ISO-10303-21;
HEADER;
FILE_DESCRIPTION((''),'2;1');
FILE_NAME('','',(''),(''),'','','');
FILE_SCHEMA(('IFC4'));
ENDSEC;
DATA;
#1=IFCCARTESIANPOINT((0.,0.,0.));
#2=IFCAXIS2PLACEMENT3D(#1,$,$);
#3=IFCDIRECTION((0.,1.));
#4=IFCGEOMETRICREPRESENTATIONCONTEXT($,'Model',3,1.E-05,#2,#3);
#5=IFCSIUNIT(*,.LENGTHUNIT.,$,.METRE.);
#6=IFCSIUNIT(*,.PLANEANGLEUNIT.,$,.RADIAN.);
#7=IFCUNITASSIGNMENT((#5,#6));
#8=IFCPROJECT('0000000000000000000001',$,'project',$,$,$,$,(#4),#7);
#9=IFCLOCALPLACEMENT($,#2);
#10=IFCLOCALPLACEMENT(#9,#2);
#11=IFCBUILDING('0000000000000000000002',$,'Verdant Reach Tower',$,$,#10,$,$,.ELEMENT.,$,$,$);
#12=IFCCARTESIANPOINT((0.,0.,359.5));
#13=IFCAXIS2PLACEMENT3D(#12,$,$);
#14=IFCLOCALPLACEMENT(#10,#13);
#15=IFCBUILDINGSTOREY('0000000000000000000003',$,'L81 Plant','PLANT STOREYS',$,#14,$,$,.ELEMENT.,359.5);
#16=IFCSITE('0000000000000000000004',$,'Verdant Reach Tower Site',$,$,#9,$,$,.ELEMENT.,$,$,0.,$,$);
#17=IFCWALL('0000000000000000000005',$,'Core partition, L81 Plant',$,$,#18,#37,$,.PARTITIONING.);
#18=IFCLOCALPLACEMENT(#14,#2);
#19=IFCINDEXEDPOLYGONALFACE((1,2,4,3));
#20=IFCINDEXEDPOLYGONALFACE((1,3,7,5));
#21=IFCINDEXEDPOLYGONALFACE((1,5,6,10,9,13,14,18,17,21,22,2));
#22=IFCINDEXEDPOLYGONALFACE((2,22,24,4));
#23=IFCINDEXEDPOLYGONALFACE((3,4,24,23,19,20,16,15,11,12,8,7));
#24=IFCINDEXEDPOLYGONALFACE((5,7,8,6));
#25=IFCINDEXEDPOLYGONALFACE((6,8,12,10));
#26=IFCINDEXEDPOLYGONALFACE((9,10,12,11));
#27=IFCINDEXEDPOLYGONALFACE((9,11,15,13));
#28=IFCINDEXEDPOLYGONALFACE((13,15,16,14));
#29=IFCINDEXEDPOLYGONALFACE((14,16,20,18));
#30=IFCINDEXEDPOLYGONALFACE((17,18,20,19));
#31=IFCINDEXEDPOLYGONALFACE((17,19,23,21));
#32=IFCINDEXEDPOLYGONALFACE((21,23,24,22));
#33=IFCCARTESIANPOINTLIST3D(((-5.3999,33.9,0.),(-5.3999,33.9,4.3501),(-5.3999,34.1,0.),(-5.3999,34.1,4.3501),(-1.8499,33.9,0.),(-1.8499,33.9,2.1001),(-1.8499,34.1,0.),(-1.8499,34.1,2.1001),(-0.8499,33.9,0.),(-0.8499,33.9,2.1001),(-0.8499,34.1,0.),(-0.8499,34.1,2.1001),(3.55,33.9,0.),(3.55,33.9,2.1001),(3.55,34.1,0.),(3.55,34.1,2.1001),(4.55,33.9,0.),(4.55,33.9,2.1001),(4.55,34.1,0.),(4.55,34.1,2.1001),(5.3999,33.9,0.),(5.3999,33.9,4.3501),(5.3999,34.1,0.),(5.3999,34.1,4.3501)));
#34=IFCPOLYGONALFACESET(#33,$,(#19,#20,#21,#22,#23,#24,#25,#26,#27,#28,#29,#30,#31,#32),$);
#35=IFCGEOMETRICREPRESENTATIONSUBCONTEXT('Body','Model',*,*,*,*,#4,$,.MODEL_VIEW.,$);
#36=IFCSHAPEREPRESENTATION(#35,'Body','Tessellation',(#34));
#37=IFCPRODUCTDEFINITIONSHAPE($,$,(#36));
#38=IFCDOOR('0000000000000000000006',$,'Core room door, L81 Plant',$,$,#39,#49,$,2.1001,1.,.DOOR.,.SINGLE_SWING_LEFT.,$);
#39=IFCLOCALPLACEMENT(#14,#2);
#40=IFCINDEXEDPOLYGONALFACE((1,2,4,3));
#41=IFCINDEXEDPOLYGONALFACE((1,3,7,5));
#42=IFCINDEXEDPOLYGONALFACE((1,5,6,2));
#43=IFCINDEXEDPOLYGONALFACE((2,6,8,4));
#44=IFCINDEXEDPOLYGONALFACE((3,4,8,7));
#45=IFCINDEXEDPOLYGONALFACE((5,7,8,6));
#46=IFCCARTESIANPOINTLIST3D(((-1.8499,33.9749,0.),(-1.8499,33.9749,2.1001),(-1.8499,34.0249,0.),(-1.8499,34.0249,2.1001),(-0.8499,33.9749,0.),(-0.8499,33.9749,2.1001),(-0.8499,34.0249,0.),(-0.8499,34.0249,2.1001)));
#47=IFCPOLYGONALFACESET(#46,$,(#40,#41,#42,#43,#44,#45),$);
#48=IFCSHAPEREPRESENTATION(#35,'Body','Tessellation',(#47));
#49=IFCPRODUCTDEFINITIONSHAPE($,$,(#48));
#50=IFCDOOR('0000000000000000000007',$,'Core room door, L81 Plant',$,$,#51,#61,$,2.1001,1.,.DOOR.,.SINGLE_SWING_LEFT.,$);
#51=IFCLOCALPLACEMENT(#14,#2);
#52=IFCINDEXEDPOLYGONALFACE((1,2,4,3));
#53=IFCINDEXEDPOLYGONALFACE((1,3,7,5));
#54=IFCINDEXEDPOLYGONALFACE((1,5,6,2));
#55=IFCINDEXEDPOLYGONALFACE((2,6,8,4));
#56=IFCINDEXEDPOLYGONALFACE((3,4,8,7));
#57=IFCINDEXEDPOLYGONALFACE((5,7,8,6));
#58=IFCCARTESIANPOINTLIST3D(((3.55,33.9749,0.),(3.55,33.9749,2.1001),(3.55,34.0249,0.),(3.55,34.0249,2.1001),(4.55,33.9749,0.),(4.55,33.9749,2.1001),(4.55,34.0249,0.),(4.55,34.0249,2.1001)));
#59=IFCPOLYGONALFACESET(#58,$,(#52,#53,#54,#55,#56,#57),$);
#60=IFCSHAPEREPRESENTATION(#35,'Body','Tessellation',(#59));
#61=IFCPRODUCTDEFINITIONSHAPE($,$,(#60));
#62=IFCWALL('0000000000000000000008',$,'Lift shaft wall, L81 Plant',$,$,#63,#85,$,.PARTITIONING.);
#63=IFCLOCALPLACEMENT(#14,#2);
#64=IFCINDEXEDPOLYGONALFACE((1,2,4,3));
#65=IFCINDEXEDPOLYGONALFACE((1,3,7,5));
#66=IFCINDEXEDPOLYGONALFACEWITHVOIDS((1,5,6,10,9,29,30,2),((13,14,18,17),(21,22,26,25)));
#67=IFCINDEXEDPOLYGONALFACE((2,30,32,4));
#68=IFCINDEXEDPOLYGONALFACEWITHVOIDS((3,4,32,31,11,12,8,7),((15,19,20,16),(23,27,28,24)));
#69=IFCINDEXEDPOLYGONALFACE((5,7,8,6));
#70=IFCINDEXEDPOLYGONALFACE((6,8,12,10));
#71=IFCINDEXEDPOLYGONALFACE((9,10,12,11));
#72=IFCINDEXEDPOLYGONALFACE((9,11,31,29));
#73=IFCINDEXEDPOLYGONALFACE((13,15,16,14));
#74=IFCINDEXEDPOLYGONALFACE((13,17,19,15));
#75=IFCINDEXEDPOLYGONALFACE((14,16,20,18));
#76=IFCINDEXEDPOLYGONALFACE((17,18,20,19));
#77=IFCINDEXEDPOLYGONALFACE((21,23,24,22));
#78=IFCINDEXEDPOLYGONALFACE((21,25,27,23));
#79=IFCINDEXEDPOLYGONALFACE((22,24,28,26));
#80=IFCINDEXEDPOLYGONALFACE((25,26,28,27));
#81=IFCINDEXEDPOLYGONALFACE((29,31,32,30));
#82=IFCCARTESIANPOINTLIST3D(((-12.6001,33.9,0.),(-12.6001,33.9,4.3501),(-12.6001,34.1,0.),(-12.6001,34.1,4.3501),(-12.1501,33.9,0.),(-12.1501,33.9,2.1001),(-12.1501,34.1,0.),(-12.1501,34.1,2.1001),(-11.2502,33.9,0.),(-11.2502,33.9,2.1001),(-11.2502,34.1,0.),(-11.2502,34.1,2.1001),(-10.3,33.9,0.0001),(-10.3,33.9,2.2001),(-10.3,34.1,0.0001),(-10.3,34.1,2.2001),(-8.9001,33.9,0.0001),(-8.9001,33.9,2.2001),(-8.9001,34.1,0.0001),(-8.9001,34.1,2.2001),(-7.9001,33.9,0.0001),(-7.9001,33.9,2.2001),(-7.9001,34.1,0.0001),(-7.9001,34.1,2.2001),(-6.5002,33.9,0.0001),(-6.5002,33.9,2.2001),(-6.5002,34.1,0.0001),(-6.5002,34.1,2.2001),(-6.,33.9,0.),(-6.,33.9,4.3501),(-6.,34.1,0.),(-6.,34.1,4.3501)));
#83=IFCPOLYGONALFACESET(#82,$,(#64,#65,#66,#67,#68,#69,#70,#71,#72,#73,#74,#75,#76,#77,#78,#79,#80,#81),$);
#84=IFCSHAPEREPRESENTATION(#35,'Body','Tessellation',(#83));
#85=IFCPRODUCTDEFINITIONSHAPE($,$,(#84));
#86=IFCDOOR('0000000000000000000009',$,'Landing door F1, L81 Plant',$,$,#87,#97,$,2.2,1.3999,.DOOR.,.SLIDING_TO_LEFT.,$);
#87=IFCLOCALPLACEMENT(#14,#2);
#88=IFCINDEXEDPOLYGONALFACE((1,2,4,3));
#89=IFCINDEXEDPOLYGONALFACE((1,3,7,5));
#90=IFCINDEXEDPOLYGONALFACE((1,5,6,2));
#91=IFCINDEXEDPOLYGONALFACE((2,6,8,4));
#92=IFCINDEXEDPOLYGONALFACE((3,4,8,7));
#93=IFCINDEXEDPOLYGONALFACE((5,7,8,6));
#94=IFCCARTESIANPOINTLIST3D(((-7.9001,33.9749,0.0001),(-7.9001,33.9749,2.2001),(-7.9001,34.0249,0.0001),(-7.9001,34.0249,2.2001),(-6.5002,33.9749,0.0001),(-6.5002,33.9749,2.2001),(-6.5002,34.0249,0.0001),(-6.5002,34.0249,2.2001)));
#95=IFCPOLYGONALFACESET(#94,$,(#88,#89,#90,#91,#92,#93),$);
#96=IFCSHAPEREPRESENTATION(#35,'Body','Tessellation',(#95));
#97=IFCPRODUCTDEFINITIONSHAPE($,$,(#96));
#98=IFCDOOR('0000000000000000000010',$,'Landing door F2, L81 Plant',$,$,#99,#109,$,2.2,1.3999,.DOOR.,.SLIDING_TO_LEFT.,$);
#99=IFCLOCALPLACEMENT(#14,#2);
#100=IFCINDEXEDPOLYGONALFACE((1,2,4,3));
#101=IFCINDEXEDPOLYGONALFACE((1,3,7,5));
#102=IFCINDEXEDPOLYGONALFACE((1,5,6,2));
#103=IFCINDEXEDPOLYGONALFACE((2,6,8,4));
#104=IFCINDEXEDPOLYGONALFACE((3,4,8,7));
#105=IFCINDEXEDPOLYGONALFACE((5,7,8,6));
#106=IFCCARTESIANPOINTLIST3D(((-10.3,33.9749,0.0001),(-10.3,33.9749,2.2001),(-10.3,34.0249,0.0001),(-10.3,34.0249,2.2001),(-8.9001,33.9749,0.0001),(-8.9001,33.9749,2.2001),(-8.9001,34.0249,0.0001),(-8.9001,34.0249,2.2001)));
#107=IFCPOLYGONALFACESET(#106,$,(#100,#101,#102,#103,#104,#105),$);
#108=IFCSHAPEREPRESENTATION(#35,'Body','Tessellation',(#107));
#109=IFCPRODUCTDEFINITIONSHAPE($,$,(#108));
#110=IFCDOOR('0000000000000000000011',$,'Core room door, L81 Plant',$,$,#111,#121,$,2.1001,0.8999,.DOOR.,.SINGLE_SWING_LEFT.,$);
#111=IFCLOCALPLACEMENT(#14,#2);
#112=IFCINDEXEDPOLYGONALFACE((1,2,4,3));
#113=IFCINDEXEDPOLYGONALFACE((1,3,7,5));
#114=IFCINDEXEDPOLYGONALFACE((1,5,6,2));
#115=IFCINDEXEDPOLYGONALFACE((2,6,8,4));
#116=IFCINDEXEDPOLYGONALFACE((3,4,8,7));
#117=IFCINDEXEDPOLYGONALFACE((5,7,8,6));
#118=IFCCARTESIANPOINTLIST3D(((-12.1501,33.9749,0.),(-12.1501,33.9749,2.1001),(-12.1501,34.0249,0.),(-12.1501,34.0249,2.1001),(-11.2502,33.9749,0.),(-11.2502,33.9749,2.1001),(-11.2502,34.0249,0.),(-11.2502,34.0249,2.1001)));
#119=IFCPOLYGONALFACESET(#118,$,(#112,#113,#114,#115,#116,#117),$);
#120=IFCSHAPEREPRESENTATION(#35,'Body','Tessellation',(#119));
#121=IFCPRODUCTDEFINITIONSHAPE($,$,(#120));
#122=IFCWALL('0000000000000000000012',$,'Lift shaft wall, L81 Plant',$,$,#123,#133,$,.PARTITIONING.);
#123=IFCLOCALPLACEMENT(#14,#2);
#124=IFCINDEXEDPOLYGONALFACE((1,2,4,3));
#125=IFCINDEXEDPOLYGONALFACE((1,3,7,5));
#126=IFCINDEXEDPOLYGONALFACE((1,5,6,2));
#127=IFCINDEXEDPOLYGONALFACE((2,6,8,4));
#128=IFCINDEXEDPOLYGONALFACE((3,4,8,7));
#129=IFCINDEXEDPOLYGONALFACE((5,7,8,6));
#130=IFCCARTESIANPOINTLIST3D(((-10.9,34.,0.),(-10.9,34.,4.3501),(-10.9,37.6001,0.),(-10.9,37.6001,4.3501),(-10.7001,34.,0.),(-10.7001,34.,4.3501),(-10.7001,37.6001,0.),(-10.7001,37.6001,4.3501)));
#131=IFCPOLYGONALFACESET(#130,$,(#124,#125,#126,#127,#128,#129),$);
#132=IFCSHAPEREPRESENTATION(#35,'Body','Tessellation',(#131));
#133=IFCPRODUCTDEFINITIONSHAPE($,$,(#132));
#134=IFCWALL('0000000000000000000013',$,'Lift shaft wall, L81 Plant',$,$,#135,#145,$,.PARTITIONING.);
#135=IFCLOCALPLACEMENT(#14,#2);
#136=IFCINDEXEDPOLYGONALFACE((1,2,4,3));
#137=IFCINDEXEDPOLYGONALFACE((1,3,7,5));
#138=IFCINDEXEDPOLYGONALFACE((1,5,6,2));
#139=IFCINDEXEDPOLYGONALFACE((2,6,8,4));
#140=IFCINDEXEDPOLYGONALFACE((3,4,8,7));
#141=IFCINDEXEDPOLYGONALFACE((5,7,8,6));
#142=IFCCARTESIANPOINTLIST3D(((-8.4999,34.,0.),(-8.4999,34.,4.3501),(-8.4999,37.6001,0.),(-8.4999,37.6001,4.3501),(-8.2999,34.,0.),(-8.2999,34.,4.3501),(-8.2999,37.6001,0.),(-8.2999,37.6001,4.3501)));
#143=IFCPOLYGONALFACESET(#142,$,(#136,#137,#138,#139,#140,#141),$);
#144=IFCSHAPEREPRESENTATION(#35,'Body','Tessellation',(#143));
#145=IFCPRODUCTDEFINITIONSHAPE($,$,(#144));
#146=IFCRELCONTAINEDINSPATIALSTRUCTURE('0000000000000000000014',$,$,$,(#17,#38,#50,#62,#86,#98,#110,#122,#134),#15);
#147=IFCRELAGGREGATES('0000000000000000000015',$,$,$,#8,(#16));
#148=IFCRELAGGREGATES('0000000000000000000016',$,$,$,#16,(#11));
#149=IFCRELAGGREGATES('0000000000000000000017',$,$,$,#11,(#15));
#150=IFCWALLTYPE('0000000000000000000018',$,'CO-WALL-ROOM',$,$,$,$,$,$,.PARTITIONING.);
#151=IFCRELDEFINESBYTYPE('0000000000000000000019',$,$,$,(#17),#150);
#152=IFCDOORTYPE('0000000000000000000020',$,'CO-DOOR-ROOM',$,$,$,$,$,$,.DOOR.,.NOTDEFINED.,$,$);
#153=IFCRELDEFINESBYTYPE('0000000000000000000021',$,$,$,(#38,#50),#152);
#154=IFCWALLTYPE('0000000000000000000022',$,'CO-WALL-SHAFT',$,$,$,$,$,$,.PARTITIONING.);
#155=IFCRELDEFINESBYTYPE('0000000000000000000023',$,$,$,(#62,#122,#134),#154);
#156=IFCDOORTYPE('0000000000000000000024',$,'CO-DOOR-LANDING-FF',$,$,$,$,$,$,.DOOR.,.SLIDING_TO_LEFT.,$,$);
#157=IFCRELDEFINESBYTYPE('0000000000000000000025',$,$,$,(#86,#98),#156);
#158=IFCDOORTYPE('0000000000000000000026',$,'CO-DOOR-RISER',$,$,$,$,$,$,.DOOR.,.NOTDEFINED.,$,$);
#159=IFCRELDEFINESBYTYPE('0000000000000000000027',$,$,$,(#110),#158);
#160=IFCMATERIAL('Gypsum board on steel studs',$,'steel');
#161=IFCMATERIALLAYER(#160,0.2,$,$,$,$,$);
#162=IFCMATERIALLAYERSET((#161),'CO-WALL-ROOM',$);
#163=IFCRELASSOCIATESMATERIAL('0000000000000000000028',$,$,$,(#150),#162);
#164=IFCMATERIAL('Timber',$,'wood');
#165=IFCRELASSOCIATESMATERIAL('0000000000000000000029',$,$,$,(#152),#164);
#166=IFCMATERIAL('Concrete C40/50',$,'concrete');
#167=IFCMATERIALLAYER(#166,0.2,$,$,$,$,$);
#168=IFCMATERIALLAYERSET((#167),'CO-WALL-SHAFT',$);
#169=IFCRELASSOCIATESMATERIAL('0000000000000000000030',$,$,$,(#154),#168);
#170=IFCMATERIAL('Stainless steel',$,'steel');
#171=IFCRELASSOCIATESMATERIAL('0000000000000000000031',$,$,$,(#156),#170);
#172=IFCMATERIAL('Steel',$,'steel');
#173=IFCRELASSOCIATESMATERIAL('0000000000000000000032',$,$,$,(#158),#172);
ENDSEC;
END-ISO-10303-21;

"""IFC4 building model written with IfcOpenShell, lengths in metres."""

from ifc_helpers import new_model, si_unit, direction, frame, frame_2d, origin, place, context, subcontext, project, spatial, rectangle, extrude, material, layer, layer_set, type_object, element, fill, save


model = new_model("IFC4")

# Units and contexts
model_context = context("Model", 3, precision=1e-05, world=origin(), true_north=direction((0.0, 1.0)))
body_context = subcontext(model_context, "Body", "Model", "MODEL_VIEW")
ifc_project = project(units=[si_unit("LENGTHUNIT", "METRE"), si_unit("PLANEANGLEUNIT", "RADIAN")], contexts=[model_context])

# Site, building, storey
site_placement = place(None, origin())
site = spatial("IfcSite", under=ifc_project, at=site_placement, Name="Verdant Reach Tower Site", CompositionType="ELEMENT", RefElevation=0.0)
building_placement = place(site_placement, origin())
building = spatial("IfcBuilding", under=site, at=building_placement, Name="Verdant Reach Tower", CompositionType="ELEMENT")
storey_placement = place(building_placement, frame((0.0, 0.0, 359.5)))
storey = spatial("IfcBuildingStorey", under=building, at=storey_placement, Name="L81 Plant", Description="PLANT STOREYS", CompositionType="ELEMENT", Elevation=359.5)

# Shared definitions
ifc_material_1 = material(Name="Gypsum board on steel studs", Category="steel")
ifc_layer_1 = layer(ifc_material_1, 0.2)
ifc_layer_set_1 = layer_set([ifc_layer_1], Name="CO-WALL-ROOM")
wall_type_1 = type_object("IfcWallType", Name="CO-WALL-ROOM", PredefinedType="PARTITIONING", material=ifc_layer_set_1)
ifc_material_2 = material(Name="Timber", Category="wood")
door_type_1 = type_object("IfcDoorType", Name="CO-DOOR-ROOM", OperationType="NOTDEFINED", PredefinedType="DOOR", material=ifc_material_2)

# Walls, openings, doors
wall_1_placement = place(storey_placement, frame((-5.3999, 34.0, 0.0), z_axis=(0.0, 0.0, 1.0), x_axis=(1.0, 0.0, 0.0)))
wall_1 = element("IfcWall", 1, at=wall_1_placement, inside=storey, type_object=wall_type_1, Name="Core partition, L81 Plant", PredefinedType="PARTITIONING", context=body_context, shape_type="SweptSolid", body=[
    extrude(rectangle(XDim=10.7998, YDim=0.2, at=frame_2d((5.3999, 0.0))), origin(), (0.0, 0.0, 1.0), 4.3501),
])
opening_1_placement = place(wall_1_placement, frame((3.55, 0.0, 0.0)))
opening_1 = element("IfcOpeningElement", 2, at=opening_1_placement, cuts=wall_1, PredefinedType="OPENING", context=body_context, shape_type="SweptSolid", body=[
    extrude(rectangle(XDim=1.0, YDim=2.1001, at=frame_2d((0.5, 1.05))), frame((0.0, 0.1099, 0.0), z_axis=(0.0, -1.0, 0.0), x_axis=(1.0, 0.0, 0.0)), (0.0, 0.0, 1.0), 0.22),
])
opening_2_placement = place(wall_1_placement, frame((8.95, 0.0, 0.0)))
opening_2 = element("IfcOpeningElement", 3, at=opening_2_placement, cuts=wall_1, PredefinedType="OPENING", context=body_context, shape_type="SweptSolid", body=[
    extrude(rectangle(XDim=1.0, YDim=2.1001, at=frame_2d((0.5, 1.05))), frame((0.0, 0.1099, 0.0), z_axis=(0.0, -1.0, 0.0), x_axis=(1.0, 0.0, 0.0)), (0.0, 0.0, 1.0), 0.22),
])
door_1_placement = place(opening_1_placement, origin())
door_1 = element("IfcDoor", 4, at=door_1_placement, inside=storey, type_object=door_type_1, Name="Core room door, L81 Plant", OperationType="SINGLE_SWING_LEFT", OverallHeight=2.1001, OverallWidth=1.0, PredefinedType="DOOR", context=body_context, shape_type="SweptSolid", body=[
    extrude(rectangle(XDim=1.0, YDim=2.1001, at=frame_2d((0.5, 1.05))), frame((0.0, 0.0249, 0.0), z_axis=(0.0, -1.0, 0.0), x_axis=(1.0, 0.0, 0.0)), (0.0, 0.0, 1.0), 0.05),
])
fill(opening_1, door_1)
door_2_placement = place(opening_2_placement, origin())
door_2 = element("IfcDoor", 5, at=door_2_placement, inside=storey, type_object=door_type_1, Name="Core room door, L81 Plant", OperationType="SINGLE_SWING_LEFT", OverallHeight=2.1001, OverallWidth=1.0, PredefinedType="DOOR", context=body_context, shape_type="SweptSolid", body=[
    extrude(rectangle(XDim=1.0, YDim=2.1001, at=frame_2d((0.5, 1.05))), frame((0.0, 0.0249, 0.0), z_axis=(0.0, -1.0, 0.0), x_axis=(1.0, 0.0, 0.0)), (0.0, 0.0, 1.0), 0.05),
])
fill(opening_2, door_2)
ifc_material_3 = material(Name="Concrete C40/50", Category="concrete")
ifc_layer_2 = layer(ifc_material_3, 0.2)
ifc_layer_set_2 = layer_set([ifc_layer_2], Name="CO-WALL-SHAFT")
wall_type_2 = type_object("IfcWallType", Name="CO-WALL-SHAFT", PredefinedType="PARTITIONING", material=ifc_layer_set_2)
wall_2_placement = place(storey_placement, frame((-12.6001, 34.0, 0.0), z_axis=(0.0, 0.0, 1.0), x_axis=(1.0, 0.0, 0.0)))
wall_2 = element("IfcWall", 6, at=wall_2_placement, inside=storey, type_object=wall_type_2, Name="Lift shaft wall, L81 Plant", PredefinedType="PARTITIONING", context=body_context, shape_type="SweptSolid", body=[
    extrude(rectangle(XDim=6.6001, YDim=0.2, at=frame_2d((3.3, 0.0))), origin(), (0.0, 0.0, 1.0), 4.3501),
])
opening_3_placement = place(wall_2_placement, frame((4.7, 0.0, 0.0)))
opening_3 = element("IfcOpeningElement", 7, at=opening_3_placement, cuts=wall_2, PredefinedType="OPENING", context=body_context, shape_type="SweptSolid", body=[
    extrude(rectangle(XDim=1.3999, YDim=2.2, at=frame_2d((0.7, 1.1001))), frame((0.0, 0.1099, 0.0), z_axis=(0.0, -1.0, 0.0), x_axis=(1.0, 0.0, 0.0)), (0.0, 0.0, 1.0), 0.22),
])
opening_4_placement = place(wall_2_placement, frame((2.3, 0.0, 0.0)))
opening_4 = element("IfcOpeningElement", 8, at=opening_4_placement, cuts=wall_2, PredefinedType="OPENING", context=body_context, shape_type="SweptSolid", body=[
    extrude(rectangle(XDim=1.3999, YDim=2.2, at=frame_2d((0.7, 1.1001))), frame((0.0, 0.1099, 0.0), z_axis=(0.0, -1.0, 0.0), x_axis=(1.0, 0.0, 0.0)), (0.0, 0.0, 1.0), 0.22),
])
opening_5_placement = place(wall_2_placement, frame((0.45, 0.0, 0.0)))
opening_5 = element("IfcOpeningElement", 9, at=opening_5_placement, cuts=wall_2, PredefinedType="OPENING", context=body_context, shape_type="SweptSolid", body=[
    extrude(rectangle(XDim=0.8999, YDim=2.1001, at=frame_2d((0.45, 1.05))), frame((0.0, 0.1099, 0.0), z_axis=(0.0, -1.0, 0.0), x_axis=(1.0, 0.0, 0.0)), (0.0, 0.0, 1.0), 0.22),
])
ifc_material_4 = material(Name="Stainless steel", Category="steel")
door_type_2 = type_object("IfcDoorType", Name="CO-DOOR-LANDING-FF", OperationType="SLIDING_TO_LEFT", PredefinedType="DOOR", material=ifc_material_4)
door_3_placement = place(opening_3_placement, origin())
door_3 = element("IfcDoor", 10, at=door_3_placement, inside=storey, type_object=door_type_2, Name="Landing door F1, L81 Plant", OperationType="SLIDING_TO_LEFT", OverallHeight=2.2, OverallWidth=1.3999, PredefinedType="DOOR", context=body_context, shape_type="SweptSolid", body=[
    extrude(rectangle(XDim=1.3999, YDim=2.2, at=frame_2d((0.7, 1.1001))), frame((0.0, 0.0249, 0.0), z_axis=(0.0, -1.0, 0.0), x_axis=(1.0, 0.0, 0.0)), (0.0, 0.0, 1.0), 0.05),
])
fill(opening_3, door_3)
door_4_placement = place(opening_4_placement, origin())
door_4 = element("IfcDoor", 11, at=door_4_placement, inside=storey, type_object=door_type_2, Name="Landing door F2, L81 Plant", OperationType="SLIDING_TO_LEFT", OverallHeight=2.2, OverallWidth=1.3999, PredefinedType="DOOR", context=body_context, shape_type="SweptSolid", body=[
    extrude(rectangle(XDim=1.3999, YDim=2.2, at=frame_2d((0.7, 1.1001))), frame((0.0, 0.0249, 0.0), z_axis=(0.0, -1.0, 0.0), x_axis=(1.0, 0.0, 0.0)), (0.0, 0.0, 1.0), 0.05),
])
fill(opening_4, door_4)
ifc_material_5 = material(Name="Steel", Category="steel")
door_type_3 = type_object("IfcDoorType", Name="CO-DOOR-RISER", OperationType="NOTDEFINED", PredefinedType="DOOR", material=ifc_material_5)
door_5_placement = place(opening_5_placement, origin())
door_5 = element("IfcDoor", 12, at=door_5_placement, inside=storey, type_object=door_type_3, Name="Core room door, L81 Plant", OperationType="SINGLE_SWING_LEFT", OverallHeight=2.1001, OverallWidth=0.8999, PredefinedType="DOOR", context=body_context, shape_type="SweptSolid", body=[
    extrude(rectangle(XDim=0.8999, YDim=2.1001, at=frame_2d((0.45, 1.05))), frame((0.0, 0.0249, 0.0), z_axis=(0.0, -1.0, 0.0), x_axis=(1.0, 0.0, 0.0)), (0.0, 0.0, 1.0), 0.05),
])
fill(opening_5, door_5)

# Walls
for number, where, z_axis, x_axis, name in (
    (13, (-10.8, 34.0, 0.0), (0.0, 0.0, 1.0), (0.0, 1.0, 0.0), "Lift shaft wall, L81 Plant"),
    (14, (-8.3999, 34.0, 0.0), (0.0, 0.0, 1.0), (0.0, 1.0, 0.0), "Lift shaft wall, L81 Plant"),
):
    element("IfcWall", number, at=place(storey_placement, frame(where, z_axis=z_axis, x_axis=x_axis)), inside=storey, type_object=wall_type_2, Name=name, PredefinedType="PARTITIONING", context=body_context, shape_type="SweptSolid", body=[
        extrude(rectangle(XDim=3.6001, YDim=0.2, at=frame_2d((1.8, 0.0))), origin(), (0.0, 0.0, 1.0), 4.3501),
    ])

save(model, "model.ifc")
